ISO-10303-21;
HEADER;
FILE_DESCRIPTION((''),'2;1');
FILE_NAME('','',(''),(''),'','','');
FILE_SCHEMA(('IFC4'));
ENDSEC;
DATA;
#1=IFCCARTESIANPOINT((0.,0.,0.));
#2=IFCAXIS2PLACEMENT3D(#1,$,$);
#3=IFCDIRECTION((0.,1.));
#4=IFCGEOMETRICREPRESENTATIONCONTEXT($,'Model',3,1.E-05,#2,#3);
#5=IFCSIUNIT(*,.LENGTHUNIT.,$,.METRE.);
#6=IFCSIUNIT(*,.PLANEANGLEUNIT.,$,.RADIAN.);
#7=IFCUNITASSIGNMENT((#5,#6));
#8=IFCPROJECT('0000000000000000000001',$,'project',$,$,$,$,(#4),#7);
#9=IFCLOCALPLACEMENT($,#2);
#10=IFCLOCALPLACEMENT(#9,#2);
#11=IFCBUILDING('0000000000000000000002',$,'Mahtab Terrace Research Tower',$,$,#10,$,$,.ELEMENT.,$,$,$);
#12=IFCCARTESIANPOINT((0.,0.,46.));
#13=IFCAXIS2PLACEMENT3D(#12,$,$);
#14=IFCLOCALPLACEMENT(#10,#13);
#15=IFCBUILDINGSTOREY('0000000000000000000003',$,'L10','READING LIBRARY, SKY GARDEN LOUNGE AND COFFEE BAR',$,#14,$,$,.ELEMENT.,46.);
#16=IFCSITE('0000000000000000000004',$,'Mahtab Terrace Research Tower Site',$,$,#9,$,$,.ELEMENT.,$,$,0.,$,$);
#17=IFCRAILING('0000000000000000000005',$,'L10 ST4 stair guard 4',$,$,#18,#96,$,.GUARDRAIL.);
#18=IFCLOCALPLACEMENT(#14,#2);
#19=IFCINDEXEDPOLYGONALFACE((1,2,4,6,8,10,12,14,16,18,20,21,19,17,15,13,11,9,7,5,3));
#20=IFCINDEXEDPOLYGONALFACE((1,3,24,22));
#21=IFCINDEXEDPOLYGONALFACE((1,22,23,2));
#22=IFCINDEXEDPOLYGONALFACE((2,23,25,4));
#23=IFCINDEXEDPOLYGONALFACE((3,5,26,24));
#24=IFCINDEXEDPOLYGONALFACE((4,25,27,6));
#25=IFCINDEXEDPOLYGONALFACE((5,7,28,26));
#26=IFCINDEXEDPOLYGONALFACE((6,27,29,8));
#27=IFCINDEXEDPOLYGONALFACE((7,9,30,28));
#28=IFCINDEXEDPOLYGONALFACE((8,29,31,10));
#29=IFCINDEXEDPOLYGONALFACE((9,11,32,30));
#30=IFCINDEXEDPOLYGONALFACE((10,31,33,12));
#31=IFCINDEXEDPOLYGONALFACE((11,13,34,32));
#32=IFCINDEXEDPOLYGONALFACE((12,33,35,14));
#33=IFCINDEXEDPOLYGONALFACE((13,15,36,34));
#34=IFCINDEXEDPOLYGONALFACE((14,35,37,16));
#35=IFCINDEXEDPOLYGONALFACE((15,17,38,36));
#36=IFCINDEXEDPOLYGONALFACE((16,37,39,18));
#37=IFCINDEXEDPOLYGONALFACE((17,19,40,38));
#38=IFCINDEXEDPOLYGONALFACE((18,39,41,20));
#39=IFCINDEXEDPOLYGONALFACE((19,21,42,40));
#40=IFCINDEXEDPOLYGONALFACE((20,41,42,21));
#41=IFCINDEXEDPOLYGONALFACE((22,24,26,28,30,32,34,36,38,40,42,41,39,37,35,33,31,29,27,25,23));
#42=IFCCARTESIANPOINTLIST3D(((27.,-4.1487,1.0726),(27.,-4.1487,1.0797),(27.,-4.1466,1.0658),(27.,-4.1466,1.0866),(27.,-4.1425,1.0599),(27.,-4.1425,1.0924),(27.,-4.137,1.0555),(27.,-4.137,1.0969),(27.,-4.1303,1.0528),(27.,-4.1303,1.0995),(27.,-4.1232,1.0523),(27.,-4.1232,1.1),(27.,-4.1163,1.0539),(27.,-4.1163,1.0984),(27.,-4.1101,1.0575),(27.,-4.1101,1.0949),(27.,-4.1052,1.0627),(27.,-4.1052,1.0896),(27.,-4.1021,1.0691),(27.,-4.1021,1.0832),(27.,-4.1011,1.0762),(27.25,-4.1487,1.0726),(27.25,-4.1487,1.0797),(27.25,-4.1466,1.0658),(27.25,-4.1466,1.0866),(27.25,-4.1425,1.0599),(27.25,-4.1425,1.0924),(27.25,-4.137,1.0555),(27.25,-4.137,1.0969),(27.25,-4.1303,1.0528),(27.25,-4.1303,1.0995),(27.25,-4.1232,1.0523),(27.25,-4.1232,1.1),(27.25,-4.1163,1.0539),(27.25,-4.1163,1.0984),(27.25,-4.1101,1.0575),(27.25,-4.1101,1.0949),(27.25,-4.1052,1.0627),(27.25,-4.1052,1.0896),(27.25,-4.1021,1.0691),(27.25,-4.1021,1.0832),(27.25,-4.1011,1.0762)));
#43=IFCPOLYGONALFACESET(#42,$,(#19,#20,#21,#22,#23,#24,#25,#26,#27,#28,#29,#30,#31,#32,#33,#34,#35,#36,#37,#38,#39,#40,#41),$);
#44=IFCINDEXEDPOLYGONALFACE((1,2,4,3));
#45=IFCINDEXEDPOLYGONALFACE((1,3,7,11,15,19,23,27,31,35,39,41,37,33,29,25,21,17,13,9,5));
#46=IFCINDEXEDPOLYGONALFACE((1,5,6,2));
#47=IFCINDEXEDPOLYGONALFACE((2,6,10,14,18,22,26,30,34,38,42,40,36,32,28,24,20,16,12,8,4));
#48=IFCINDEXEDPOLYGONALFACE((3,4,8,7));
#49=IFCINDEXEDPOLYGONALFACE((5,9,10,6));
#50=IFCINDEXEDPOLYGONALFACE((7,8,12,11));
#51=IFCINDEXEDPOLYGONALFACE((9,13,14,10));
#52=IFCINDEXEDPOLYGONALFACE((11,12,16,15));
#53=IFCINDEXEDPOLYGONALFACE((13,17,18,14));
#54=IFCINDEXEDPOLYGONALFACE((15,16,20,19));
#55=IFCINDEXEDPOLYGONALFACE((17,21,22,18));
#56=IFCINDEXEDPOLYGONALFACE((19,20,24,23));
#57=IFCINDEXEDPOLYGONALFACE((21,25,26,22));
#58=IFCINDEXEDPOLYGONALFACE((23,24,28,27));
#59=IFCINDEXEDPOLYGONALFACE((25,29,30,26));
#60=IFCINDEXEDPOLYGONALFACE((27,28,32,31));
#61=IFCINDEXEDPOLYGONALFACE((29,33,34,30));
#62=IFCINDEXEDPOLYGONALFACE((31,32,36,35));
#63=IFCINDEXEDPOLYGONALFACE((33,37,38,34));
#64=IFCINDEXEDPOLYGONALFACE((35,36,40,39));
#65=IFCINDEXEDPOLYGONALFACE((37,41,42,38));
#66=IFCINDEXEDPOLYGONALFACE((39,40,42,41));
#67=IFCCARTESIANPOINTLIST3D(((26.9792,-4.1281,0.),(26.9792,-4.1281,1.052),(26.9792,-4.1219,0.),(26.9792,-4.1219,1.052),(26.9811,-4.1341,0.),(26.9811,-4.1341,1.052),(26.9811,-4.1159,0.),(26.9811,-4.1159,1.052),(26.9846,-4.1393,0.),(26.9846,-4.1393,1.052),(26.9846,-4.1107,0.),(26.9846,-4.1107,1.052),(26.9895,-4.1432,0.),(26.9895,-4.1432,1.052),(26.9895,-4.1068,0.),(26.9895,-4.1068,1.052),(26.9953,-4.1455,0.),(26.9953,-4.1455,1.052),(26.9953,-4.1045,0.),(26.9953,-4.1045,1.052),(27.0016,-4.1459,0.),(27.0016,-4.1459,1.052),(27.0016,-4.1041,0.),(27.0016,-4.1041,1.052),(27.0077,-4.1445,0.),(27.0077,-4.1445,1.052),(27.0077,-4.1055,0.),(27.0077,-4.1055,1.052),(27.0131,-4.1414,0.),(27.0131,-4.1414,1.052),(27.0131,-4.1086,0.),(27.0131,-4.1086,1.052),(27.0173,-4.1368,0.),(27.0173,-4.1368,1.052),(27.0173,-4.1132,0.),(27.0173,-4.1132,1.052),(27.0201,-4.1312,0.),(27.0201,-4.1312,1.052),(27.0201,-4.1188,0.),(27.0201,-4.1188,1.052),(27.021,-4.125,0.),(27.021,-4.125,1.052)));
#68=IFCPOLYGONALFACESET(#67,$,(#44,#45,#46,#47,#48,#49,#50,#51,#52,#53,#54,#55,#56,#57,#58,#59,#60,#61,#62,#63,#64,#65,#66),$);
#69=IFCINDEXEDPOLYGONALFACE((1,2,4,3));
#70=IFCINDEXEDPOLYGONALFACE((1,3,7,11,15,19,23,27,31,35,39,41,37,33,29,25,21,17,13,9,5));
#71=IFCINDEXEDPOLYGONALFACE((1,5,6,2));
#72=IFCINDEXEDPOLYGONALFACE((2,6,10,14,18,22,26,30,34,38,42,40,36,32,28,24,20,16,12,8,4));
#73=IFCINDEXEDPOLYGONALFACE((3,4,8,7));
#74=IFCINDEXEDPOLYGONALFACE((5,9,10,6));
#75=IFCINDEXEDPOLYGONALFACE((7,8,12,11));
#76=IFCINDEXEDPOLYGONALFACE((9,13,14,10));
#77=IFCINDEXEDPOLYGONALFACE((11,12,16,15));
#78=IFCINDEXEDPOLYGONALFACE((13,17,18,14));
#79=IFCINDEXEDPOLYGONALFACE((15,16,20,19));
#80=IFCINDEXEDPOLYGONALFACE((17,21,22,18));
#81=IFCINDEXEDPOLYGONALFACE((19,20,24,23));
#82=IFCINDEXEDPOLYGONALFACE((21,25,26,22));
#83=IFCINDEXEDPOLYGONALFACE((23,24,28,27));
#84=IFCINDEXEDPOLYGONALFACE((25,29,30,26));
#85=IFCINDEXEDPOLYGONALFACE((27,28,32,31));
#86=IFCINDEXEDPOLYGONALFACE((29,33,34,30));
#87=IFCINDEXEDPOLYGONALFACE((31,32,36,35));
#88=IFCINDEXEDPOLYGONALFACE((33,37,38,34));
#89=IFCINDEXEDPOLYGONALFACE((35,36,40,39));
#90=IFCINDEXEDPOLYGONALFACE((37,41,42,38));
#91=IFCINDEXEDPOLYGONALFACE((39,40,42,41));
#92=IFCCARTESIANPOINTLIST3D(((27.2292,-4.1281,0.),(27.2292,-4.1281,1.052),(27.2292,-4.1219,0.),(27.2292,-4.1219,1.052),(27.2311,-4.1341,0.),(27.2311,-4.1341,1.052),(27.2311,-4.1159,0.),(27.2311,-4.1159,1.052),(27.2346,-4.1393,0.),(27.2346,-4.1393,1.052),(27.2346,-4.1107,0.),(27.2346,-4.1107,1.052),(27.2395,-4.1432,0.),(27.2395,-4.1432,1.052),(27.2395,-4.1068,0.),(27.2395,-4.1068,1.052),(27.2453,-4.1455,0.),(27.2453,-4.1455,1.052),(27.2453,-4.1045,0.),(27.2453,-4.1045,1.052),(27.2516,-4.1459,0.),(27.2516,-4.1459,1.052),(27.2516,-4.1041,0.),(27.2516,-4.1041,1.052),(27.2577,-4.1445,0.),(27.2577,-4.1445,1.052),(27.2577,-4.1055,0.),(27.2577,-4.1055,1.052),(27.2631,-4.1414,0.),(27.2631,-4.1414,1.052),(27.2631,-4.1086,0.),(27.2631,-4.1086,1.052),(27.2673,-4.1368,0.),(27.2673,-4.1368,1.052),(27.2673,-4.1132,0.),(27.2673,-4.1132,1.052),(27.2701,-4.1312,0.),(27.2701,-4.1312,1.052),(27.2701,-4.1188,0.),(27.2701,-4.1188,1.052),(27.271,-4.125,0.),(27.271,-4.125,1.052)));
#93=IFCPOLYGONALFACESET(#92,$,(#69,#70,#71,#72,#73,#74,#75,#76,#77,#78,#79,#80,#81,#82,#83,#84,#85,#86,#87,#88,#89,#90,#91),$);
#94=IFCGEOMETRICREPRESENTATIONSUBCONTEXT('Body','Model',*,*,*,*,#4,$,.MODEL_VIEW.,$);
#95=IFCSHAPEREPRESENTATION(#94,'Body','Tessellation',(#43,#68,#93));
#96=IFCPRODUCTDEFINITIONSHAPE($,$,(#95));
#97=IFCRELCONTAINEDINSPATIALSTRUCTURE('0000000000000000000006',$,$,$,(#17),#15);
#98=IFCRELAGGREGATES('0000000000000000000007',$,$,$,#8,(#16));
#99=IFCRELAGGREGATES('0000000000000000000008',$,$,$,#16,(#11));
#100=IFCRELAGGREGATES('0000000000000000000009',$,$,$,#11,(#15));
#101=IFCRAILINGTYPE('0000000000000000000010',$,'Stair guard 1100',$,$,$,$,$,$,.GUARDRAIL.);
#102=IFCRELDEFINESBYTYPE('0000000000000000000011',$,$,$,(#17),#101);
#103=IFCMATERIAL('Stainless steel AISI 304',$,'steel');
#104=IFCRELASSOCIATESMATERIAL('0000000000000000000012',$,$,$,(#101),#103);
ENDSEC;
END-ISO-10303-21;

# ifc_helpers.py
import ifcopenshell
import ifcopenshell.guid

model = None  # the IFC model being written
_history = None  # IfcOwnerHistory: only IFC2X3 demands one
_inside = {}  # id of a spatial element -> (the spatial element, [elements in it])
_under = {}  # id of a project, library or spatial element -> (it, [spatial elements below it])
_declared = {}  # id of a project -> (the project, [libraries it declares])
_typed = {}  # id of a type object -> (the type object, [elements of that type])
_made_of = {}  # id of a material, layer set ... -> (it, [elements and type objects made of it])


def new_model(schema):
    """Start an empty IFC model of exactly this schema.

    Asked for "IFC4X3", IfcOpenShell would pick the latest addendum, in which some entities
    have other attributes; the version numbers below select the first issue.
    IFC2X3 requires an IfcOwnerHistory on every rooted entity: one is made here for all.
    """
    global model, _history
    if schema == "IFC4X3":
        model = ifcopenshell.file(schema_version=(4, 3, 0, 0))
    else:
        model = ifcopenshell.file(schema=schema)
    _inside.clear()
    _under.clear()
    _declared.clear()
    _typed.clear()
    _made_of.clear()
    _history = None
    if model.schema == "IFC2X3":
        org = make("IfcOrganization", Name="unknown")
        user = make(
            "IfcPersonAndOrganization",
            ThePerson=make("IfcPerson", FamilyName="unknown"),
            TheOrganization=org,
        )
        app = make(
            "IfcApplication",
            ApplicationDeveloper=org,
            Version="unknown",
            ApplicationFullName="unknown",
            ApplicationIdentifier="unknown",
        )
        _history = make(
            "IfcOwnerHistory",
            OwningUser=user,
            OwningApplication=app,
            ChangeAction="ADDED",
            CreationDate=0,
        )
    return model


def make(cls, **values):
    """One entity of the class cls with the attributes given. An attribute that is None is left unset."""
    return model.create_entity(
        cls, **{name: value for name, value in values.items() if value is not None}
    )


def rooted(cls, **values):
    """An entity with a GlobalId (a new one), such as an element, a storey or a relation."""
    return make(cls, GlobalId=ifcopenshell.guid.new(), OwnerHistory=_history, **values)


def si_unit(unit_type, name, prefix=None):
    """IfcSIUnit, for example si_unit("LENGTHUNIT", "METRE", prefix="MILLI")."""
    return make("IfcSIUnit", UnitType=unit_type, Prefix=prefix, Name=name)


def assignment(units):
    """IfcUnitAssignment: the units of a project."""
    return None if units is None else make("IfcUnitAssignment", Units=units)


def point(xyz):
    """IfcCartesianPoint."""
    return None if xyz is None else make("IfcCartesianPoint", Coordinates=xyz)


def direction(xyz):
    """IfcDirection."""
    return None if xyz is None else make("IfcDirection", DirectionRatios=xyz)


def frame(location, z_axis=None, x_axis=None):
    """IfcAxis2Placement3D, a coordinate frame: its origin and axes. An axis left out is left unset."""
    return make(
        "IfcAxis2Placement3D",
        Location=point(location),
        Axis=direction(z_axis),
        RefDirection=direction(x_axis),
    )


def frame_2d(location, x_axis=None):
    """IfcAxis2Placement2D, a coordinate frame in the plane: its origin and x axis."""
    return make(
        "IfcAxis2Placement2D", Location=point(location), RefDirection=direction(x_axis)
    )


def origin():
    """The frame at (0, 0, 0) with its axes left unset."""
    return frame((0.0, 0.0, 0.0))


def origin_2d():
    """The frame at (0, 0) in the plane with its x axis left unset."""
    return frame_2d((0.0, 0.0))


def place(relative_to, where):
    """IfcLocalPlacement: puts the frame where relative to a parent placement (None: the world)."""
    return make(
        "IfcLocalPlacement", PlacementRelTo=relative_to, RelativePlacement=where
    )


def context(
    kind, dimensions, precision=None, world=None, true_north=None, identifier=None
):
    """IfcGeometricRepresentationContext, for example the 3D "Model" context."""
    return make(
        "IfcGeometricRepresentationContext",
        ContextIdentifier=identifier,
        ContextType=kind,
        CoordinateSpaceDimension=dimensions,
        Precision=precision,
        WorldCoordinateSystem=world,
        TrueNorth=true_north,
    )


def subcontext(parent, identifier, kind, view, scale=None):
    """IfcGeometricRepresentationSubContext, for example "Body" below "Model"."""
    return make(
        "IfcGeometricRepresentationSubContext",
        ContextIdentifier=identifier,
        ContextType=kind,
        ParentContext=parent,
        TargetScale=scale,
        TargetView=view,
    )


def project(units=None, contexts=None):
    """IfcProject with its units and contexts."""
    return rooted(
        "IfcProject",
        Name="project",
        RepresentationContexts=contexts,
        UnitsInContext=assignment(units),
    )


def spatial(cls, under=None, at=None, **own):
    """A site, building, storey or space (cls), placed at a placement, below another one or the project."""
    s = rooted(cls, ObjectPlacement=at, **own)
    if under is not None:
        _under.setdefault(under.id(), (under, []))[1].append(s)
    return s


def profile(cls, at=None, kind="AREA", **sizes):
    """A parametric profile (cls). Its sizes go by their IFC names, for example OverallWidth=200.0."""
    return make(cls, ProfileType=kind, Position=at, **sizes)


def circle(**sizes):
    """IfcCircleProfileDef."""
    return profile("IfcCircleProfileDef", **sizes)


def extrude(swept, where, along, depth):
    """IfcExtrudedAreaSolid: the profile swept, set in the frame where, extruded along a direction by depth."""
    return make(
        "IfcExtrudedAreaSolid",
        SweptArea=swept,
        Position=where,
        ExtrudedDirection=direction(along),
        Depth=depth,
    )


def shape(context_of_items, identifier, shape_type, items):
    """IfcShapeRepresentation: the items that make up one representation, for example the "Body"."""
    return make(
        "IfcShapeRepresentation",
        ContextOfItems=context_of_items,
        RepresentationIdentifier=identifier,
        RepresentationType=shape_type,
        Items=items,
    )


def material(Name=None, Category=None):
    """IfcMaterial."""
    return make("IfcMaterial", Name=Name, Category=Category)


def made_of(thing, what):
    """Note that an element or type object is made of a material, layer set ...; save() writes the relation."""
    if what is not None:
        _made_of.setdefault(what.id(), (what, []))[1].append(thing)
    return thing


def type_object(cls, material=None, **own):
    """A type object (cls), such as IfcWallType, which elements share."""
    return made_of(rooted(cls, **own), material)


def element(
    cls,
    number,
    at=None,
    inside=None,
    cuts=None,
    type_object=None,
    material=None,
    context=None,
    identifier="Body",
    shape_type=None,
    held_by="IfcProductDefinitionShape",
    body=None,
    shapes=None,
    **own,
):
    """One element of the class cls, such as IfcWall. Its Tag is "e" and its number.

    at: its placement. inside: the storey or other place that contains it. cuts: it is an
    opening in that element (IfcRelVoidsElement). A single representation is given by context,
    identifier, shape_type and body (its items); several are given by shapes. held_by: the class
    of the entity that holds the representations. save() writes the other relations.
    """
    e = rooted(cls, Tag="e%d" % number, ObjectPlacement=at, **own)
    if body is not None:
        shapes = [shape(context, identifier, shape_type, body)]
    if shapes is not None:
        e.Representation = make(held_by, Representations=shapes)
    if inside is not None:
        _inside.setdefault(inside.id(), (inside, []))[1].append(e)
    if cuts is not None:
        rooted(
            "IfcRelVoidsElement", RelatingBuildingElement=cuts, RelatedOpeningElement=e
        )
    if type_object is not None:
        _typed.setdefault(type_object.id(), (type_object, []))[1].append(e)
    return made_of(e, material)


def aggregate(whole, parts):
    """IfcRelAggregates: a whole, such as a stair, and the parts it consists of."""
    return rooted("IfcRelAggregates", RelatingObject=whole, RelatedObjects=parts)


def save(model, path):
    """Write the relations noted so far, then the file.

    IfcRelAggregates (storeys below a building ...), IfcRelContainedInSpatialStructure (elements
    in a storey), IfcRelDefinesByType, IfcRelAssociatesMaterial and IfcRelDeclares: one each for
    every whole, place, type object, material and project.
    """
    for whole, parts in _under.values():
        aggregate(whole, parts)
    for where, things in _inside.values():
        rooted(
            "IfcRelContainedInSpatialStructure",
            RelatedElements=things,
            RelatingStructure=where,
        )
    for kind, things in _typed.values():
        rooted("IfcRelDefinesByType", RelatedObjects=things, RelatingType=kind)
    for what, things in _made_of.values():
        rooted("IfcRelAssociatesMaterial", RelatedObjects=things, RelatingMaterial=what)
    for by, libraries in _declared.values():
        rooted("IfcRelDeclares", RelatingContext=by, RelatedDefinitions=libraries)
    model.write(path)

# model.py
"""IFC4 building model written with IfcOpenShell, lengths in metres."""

from ifc_helpers import new_model, si_unit, direction, frame, origin, origin_2d, place, context, subcontext, project, spatial, circle, extrude, material, type_object, element, save


model = new_model("IFC4")

# Units and contexts
model_context = context("Model", 3, precision=1e-05, world=origin(), true_north=direction((0.0, 1.0)))
body_context = subcontext(model_context, "Body", "Model", "MODEL_VIEW")
ifc_project = project(units=[si_unit("LENGTHUNIT", "METRE"), si_unit("PLANEANGLEUNIT", "RADIAN")], contexts=[model_context])

# Site, building, storey
site_placement = place(None, origin())
site = spatial("IfcSite", under=ifc_project, at=site_placement, Name="Mahtab Terrace Research Tower Site", CompositionType="ELEMENT", RefElevation=0.0)
building_placement = place(site_placement, origin())
building = spatial("IfcBuilding", under=site, at=building_placement, Name="Mahtab Terrace Research Tower", CompositionType="ELEMENT")
storey_placement = place(building_placement, frame((0.0, 0.0, 46.0)))
storey = spatial("IfcBuildingStorey", under=building, at=storey_placement, Name="L10", Description="READING LIBRARY, SKY GARDEN LOUNGE AND COFFEE BAR", CompositionType="ELEMENT", Elevation=46.0)

# Railing
ifc_material_1 = material(Name="Stainless steel AISI 304", Category="steel")
railing_type_1 = type_object("IfcRailingType", Name="Stair guard 1100", PredefinedType="GUARDRAIL", material=ifc_material_1)
railing_1_placement = place(storey_placement, frame((27.0, -4.125, 0.0)))
element("IfcRailing", 1, at=railing_1_placement, inside=storey, type_object=railing_type_1, Name="L10 ST4 stair guard 4", PredefinedType="GUARDRAIL", context=body_context, shape_type="SweptSolid", body=[
    extrude(circle(Radius=0.0239, at=origin_2d()), frame((0.0, 0.0, 1.0762), z_axis=(1.0, 0.0, 0.0), x_axis=(0.0, 1.0, 0.0)), (0.0, 0.0, 1.0), 0.25),
    extrude(circle(Radius=0.021, at=origin_2d()), origin(), (0.0, 0.0, 1.0), 1.052),
    extrude(circle(Radius=0.021, at=origin_2d()), frame((0.25, 0.0, 0.0)), (0.0, 0.0, 1.0), 1.052),
])

save(model, "model.ifc")
